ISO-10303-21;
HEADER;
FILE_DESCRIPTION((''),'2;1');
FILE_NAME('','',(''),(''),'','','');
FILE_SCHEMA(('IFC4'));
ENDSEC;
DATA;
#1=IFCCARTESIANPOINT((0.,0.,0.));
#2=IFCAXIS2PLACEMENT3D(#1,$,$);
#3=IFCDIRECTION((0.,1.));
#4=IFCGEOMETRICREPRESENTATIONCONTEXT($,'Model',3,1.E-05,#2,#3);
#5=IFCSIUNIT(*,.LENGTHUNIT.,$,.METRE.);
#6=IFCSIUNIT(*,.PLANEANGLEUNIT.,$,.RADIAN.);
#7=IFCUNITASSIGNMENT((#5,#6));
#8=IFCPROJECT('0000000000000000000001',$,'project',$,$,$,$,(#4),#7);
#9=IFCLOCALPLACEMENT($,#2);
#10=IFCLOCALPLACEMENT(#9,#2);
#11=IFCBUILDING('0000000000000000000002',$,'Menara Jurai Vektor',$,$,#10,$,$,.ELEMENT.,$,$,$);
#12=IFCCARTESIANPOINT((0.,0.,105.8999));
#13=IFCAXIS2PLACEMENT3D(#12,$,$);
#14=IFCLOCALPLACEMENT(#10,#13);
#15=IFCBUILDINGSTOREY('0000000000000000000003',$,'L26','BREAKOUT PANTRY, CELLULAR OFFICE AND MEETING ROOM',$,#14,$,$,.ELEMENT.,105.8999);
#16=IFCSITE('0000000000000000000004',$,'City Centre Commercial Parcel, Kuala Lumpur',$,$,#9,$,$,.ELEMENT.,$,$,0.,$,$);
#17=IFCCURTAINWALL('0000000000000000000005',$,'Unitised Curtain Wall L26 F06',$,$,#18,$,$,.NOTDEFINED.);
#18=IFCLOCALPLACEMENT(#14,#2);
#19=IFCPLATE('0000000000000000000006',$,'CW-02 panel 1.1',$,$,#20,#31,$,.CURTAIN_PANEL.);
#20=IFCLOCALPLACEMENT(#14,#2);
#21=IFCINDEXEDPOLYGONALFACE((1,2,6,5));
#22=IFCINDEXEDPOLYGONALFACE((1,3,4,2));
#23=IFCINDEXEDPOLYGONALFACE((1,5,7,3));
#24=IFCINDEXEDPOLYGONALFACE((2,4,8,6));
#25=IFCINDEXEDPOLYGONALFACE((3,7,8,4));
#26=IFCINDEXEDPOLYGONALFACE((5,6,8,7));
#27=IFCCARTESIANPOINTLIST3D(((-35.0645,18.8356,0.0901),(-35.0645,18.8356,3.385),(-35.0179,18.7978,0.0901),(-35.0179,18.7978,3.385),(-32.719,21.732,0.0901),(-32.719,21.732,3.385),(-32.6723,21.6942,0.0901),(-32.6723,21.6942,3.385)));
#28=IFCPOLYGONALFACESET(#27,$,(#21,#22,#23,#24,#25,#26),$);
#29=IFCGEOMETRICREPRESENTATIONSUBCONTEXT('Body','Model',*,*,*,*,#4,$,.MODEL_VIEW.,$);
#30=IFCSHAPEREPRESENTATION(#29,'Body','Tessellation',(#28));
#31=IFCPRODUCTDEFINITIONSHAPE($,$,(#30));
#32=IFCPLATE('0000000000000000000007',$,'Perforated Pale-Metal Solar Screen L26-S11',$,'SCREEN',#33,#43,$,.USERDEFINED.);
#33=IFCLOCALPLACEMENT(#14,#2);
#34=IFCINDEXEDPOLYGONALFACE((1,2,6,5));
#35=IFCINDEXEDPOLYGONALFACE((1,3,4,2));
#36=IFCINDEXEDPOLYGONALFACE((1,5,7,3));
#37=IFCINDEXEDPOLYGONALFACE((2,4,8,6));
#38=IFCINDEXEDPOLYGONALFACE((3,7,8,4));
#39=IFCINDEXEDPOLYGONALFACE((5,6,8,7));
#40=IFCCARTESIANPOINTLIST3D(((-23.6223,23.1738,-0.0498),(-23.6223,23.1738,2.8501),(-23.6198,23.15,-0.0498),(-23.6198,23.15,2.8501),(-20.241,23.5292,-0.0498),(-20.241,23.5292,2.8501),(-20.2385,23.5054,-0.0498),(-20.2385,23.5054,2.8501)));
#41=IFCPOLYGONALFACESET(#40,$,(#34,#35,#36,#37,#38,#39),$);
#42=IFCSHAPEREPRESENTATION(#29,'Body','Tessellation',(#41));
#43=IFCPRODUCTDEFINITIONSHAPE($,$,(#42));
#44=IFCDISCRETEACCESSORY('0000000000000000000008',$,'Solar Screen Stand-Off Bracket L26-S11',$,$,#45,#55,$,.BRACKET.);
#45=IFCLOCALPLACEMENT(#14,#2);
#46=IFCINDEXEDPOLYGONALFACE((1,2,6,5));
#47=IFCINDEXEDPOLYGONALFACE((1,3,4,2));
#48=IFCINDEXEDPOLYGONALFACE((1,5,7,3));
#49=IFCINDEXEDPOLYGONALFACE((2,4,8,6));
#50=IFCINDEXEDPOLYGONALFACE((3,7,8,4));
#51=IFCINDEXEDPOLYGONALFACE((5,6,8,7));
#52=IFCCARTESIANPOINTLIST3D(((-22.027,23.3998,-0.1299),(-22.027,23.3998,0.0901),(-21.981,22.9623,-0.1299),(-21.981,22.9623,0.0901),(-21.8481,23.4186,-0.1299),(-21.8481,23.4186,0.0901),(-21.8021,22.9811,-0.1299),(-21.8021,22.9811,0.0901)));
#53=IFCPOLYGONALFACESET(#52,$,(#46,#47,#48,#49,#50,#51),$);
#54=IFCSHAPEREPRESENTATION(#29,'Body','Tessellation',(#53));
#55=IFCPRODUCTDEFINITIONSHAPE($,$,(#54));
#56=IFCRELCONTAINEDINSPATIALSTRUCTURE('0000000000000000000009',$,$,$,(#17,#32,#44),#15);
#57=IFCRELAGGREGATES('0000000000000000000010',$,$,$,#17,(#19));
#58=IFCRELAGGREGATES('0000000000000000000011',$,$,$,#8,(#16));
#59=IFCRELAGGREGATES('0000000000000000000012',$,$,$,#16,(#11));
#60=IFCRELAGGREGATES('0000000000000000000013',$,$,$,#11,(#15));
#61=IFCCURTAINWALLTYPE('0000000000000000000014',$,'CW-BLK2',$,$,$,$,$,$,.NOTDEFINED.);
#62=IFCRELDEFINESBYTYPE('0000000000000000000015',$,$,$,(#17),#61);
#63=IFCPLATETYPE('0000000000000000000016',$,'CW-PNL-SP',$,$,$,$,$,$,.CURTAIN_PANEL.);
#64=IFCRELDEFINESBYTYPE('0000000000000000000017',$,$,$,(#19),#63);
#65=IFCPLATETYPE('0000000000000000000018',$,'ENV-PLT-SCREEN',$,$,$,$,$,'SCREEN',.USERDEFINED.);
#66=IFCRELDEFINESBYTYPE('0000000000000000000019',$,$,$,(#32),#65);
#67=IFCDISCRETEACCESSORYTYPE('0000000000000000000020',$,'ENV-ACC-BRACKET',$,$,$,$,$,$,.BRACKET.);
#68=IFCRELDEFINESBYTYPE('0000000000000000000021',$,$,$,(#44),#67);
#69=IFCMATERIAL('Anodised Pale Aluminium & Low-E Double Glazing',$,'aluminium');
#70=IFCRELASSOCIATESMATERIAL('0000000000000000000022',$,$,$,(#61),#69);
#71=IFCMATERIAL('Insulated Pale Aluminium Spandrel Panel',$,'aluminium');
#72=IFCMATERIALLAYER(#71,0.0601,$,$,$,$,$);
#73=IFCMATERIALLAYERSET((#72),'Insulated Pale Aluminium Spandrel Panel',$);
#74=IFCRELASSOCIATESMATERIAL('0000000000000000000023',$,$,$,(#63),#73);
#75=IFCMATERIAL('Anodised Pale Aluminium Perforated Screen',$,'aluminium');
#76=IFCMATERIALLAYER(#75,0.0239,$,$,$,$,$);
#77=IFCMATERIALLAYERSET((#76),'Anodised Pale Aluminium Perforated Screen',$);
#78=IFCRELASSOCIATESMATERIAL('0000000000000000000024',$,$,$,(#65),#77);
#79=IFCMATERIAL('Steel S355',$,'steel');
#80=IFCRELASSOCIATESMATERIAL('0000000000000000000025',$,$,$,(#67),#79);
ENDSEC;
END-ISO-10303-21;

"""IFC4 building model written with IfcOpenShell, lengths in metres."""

from ifc_helpers import new_model, si_unit, direction, frame, origin, origin_2d, place, context, subcontext, project, spatial, rectangle, extrude, material, layer, layer_set, type_object, element, aggregate, save


model = new_model("IFC4")

# Units and contexts
model_context = context("Model", 3, precision=1e-05, world=origin(), true_north=direction((0.0, 1.0)))
body_context = subcontext(model_context, "Body", "Model", "MODEL_VIEW")
ifc_project = project(units=[si_unit("LENGTHUNIT", "METRE"), si_unit("PLANEANGLEUNIT", "RADIAN")], contexts=[model_context])

# Site, building, storey
site_placement = place(None, origin())
site = spatial("IfcSite", under=ifc_project, at=site_placement, Name="City Centre Commercial Parcel, Kuala Lumpur", CompositionType="ELEMENT", RefElevation=0.0)
building_placement = place(site_placement, origin())
building = spatial("IfcBuilding", under=site, at=building_placement, Name="Menara Jurai Vektor", CompositionType="ELEMENT")
storey_placement = place(building_placement, frame((0.0, 0.0, 105.8999)))
storey = spatial("IfcBuildingStorey", under=building, at=storey_placement, Name="L26", Description="BREAKOUT PANTRY, CELLULAR OFFICE AND MEETING ROOM", CompositionType="ELEMENT", Elevation=105.8999)

# Curtain wall
ifc_material_1 = material(Name="Anodised Pale Aluminium & Low-E Double Glazing", Category="aluminium")
curtain_wall_type = type_object("IfcCurtainWallType", Name="CW-BLK2", PredefinedType="NOTDEFINED", material=ifc_material_1)
curtain_wall_1_placement = place(storey_placement, origin())
curtain_wall_1 = element("IfcCurtainWall", 1, at=curtain_wall_1_placement, inside=storey, type_object=curtain_wall_type, Name="Unitised Curtain Wall L26 F06", PredefinedType="NOTDEFINED")

# Shared definitions
ifc_material_2 = material(Name="Steel S355", Category="steel")

# Plates
ifc_material_3 = material(Name="Insulated Pale Aluminium Spandrel Panel", Category="aluminium")
ifc_layer_1 = layer(ifc_material_3, 0.0601)
ifc_layer_set_1 = layer_set([ifc_layer_1], Name="Insulated Pale Aluminium Spandrel Panel")
plate_type_1 = type_object("IfcPlateType", Name="CW-PNL-SP", PredefinedType="CURTAIN_PANEL", material=ifc_layer_set_1)
plate_1_placement = place(storey_placement, frame((-33.8684, 20.2649, 0.0901), z_axis=(0.0, 0.0, 1.0), x_axis=(-0.629341, -0.777129, 0.0)))
plate_1 = element("IfcPlate", 2, at=plate_1_placement, type_object=plate_type_1, Name="CW-02 panel 1.1", PredefinedType="CURTAIN_PANEL", context=body_context, shape_type="SweptSolid", body=[
    extrude(rectangle(XDim=3.7271, YDim=0.0601, at=origin_2d()), origin(), (0.0, 0.0, 1.0), 3.2949),
])
aggregate(curtain_wall_1, [plate_1])
ifc_material_4 = material(Name="Anodised Pale Aluminium Perforated Screen", Category="aluminium")
ifc_layer_2 = layer(ifc_material_4, 0.0239)
ifc_layer_set_2 = layer_set([ifc_layer_2], Name="Anodised Pale Aluminium Perforated Screen")
plate_type_2 = type_object("IfcPlateType", Name="ENV-PLT-SCREEN", ElementType="SCREEN", PredefinedType="USERDEFINED", material=ifc_layer_set_2)
plate_2_placement = place(storey_placement, frame((-21.9304, 23.3396, -0.0498), z_axis=(0.0, 0.0, 1.0), x_axis=(-0.994522, -0.104528, 0.0)))
element("IfcPlate", 3, at=plate_2_placement, inside=storey, type_object=plate_type_2, Name="Perforated Pale-Metal Solar Screen L26-S11", ObjectType="SCREEN", PredefinedType="USERDEFINED", context=body_context, shape_type="SweptSolid", body=[
    extrude(rectangle(XDim=3.3999, YDim=0.0239, at=origin_2d()), origin(), (0.0, 0.0, 1.0), 2.8999),
])

# Discrete accessory
discrete_accessory_type = type_object("IfcDiscreteAccessoryType", Name="ENV-ACC-BRACKET", PredefinedType="BRACKET", material=ifc_material_2)
discrete_accessory_placement = place(storey_placement, frame((-21.9146, 23.1904, -0.1299), z_axis=(0.0, 0.0, 1.0), x_axis=(-0.994522, -0.104528, 0.0)))
element("IfcDiscreteAccessory", 4, at=discrete_accessory_placement, inside=storey, type_object=discrete_accessory_type, Name="Solar Screen Stand-Off Bracket L26-S11", PredefinedType="BRACKET", context=body_context, shape_type="SweptSolid", body=[
    extrude(rectangle(XDim=0.1799, YDim=0.4399, at=origin_2d()), origin(), (0.0, 0.0, 1.0), 0.22),
])

save(model, "model.ifc")
